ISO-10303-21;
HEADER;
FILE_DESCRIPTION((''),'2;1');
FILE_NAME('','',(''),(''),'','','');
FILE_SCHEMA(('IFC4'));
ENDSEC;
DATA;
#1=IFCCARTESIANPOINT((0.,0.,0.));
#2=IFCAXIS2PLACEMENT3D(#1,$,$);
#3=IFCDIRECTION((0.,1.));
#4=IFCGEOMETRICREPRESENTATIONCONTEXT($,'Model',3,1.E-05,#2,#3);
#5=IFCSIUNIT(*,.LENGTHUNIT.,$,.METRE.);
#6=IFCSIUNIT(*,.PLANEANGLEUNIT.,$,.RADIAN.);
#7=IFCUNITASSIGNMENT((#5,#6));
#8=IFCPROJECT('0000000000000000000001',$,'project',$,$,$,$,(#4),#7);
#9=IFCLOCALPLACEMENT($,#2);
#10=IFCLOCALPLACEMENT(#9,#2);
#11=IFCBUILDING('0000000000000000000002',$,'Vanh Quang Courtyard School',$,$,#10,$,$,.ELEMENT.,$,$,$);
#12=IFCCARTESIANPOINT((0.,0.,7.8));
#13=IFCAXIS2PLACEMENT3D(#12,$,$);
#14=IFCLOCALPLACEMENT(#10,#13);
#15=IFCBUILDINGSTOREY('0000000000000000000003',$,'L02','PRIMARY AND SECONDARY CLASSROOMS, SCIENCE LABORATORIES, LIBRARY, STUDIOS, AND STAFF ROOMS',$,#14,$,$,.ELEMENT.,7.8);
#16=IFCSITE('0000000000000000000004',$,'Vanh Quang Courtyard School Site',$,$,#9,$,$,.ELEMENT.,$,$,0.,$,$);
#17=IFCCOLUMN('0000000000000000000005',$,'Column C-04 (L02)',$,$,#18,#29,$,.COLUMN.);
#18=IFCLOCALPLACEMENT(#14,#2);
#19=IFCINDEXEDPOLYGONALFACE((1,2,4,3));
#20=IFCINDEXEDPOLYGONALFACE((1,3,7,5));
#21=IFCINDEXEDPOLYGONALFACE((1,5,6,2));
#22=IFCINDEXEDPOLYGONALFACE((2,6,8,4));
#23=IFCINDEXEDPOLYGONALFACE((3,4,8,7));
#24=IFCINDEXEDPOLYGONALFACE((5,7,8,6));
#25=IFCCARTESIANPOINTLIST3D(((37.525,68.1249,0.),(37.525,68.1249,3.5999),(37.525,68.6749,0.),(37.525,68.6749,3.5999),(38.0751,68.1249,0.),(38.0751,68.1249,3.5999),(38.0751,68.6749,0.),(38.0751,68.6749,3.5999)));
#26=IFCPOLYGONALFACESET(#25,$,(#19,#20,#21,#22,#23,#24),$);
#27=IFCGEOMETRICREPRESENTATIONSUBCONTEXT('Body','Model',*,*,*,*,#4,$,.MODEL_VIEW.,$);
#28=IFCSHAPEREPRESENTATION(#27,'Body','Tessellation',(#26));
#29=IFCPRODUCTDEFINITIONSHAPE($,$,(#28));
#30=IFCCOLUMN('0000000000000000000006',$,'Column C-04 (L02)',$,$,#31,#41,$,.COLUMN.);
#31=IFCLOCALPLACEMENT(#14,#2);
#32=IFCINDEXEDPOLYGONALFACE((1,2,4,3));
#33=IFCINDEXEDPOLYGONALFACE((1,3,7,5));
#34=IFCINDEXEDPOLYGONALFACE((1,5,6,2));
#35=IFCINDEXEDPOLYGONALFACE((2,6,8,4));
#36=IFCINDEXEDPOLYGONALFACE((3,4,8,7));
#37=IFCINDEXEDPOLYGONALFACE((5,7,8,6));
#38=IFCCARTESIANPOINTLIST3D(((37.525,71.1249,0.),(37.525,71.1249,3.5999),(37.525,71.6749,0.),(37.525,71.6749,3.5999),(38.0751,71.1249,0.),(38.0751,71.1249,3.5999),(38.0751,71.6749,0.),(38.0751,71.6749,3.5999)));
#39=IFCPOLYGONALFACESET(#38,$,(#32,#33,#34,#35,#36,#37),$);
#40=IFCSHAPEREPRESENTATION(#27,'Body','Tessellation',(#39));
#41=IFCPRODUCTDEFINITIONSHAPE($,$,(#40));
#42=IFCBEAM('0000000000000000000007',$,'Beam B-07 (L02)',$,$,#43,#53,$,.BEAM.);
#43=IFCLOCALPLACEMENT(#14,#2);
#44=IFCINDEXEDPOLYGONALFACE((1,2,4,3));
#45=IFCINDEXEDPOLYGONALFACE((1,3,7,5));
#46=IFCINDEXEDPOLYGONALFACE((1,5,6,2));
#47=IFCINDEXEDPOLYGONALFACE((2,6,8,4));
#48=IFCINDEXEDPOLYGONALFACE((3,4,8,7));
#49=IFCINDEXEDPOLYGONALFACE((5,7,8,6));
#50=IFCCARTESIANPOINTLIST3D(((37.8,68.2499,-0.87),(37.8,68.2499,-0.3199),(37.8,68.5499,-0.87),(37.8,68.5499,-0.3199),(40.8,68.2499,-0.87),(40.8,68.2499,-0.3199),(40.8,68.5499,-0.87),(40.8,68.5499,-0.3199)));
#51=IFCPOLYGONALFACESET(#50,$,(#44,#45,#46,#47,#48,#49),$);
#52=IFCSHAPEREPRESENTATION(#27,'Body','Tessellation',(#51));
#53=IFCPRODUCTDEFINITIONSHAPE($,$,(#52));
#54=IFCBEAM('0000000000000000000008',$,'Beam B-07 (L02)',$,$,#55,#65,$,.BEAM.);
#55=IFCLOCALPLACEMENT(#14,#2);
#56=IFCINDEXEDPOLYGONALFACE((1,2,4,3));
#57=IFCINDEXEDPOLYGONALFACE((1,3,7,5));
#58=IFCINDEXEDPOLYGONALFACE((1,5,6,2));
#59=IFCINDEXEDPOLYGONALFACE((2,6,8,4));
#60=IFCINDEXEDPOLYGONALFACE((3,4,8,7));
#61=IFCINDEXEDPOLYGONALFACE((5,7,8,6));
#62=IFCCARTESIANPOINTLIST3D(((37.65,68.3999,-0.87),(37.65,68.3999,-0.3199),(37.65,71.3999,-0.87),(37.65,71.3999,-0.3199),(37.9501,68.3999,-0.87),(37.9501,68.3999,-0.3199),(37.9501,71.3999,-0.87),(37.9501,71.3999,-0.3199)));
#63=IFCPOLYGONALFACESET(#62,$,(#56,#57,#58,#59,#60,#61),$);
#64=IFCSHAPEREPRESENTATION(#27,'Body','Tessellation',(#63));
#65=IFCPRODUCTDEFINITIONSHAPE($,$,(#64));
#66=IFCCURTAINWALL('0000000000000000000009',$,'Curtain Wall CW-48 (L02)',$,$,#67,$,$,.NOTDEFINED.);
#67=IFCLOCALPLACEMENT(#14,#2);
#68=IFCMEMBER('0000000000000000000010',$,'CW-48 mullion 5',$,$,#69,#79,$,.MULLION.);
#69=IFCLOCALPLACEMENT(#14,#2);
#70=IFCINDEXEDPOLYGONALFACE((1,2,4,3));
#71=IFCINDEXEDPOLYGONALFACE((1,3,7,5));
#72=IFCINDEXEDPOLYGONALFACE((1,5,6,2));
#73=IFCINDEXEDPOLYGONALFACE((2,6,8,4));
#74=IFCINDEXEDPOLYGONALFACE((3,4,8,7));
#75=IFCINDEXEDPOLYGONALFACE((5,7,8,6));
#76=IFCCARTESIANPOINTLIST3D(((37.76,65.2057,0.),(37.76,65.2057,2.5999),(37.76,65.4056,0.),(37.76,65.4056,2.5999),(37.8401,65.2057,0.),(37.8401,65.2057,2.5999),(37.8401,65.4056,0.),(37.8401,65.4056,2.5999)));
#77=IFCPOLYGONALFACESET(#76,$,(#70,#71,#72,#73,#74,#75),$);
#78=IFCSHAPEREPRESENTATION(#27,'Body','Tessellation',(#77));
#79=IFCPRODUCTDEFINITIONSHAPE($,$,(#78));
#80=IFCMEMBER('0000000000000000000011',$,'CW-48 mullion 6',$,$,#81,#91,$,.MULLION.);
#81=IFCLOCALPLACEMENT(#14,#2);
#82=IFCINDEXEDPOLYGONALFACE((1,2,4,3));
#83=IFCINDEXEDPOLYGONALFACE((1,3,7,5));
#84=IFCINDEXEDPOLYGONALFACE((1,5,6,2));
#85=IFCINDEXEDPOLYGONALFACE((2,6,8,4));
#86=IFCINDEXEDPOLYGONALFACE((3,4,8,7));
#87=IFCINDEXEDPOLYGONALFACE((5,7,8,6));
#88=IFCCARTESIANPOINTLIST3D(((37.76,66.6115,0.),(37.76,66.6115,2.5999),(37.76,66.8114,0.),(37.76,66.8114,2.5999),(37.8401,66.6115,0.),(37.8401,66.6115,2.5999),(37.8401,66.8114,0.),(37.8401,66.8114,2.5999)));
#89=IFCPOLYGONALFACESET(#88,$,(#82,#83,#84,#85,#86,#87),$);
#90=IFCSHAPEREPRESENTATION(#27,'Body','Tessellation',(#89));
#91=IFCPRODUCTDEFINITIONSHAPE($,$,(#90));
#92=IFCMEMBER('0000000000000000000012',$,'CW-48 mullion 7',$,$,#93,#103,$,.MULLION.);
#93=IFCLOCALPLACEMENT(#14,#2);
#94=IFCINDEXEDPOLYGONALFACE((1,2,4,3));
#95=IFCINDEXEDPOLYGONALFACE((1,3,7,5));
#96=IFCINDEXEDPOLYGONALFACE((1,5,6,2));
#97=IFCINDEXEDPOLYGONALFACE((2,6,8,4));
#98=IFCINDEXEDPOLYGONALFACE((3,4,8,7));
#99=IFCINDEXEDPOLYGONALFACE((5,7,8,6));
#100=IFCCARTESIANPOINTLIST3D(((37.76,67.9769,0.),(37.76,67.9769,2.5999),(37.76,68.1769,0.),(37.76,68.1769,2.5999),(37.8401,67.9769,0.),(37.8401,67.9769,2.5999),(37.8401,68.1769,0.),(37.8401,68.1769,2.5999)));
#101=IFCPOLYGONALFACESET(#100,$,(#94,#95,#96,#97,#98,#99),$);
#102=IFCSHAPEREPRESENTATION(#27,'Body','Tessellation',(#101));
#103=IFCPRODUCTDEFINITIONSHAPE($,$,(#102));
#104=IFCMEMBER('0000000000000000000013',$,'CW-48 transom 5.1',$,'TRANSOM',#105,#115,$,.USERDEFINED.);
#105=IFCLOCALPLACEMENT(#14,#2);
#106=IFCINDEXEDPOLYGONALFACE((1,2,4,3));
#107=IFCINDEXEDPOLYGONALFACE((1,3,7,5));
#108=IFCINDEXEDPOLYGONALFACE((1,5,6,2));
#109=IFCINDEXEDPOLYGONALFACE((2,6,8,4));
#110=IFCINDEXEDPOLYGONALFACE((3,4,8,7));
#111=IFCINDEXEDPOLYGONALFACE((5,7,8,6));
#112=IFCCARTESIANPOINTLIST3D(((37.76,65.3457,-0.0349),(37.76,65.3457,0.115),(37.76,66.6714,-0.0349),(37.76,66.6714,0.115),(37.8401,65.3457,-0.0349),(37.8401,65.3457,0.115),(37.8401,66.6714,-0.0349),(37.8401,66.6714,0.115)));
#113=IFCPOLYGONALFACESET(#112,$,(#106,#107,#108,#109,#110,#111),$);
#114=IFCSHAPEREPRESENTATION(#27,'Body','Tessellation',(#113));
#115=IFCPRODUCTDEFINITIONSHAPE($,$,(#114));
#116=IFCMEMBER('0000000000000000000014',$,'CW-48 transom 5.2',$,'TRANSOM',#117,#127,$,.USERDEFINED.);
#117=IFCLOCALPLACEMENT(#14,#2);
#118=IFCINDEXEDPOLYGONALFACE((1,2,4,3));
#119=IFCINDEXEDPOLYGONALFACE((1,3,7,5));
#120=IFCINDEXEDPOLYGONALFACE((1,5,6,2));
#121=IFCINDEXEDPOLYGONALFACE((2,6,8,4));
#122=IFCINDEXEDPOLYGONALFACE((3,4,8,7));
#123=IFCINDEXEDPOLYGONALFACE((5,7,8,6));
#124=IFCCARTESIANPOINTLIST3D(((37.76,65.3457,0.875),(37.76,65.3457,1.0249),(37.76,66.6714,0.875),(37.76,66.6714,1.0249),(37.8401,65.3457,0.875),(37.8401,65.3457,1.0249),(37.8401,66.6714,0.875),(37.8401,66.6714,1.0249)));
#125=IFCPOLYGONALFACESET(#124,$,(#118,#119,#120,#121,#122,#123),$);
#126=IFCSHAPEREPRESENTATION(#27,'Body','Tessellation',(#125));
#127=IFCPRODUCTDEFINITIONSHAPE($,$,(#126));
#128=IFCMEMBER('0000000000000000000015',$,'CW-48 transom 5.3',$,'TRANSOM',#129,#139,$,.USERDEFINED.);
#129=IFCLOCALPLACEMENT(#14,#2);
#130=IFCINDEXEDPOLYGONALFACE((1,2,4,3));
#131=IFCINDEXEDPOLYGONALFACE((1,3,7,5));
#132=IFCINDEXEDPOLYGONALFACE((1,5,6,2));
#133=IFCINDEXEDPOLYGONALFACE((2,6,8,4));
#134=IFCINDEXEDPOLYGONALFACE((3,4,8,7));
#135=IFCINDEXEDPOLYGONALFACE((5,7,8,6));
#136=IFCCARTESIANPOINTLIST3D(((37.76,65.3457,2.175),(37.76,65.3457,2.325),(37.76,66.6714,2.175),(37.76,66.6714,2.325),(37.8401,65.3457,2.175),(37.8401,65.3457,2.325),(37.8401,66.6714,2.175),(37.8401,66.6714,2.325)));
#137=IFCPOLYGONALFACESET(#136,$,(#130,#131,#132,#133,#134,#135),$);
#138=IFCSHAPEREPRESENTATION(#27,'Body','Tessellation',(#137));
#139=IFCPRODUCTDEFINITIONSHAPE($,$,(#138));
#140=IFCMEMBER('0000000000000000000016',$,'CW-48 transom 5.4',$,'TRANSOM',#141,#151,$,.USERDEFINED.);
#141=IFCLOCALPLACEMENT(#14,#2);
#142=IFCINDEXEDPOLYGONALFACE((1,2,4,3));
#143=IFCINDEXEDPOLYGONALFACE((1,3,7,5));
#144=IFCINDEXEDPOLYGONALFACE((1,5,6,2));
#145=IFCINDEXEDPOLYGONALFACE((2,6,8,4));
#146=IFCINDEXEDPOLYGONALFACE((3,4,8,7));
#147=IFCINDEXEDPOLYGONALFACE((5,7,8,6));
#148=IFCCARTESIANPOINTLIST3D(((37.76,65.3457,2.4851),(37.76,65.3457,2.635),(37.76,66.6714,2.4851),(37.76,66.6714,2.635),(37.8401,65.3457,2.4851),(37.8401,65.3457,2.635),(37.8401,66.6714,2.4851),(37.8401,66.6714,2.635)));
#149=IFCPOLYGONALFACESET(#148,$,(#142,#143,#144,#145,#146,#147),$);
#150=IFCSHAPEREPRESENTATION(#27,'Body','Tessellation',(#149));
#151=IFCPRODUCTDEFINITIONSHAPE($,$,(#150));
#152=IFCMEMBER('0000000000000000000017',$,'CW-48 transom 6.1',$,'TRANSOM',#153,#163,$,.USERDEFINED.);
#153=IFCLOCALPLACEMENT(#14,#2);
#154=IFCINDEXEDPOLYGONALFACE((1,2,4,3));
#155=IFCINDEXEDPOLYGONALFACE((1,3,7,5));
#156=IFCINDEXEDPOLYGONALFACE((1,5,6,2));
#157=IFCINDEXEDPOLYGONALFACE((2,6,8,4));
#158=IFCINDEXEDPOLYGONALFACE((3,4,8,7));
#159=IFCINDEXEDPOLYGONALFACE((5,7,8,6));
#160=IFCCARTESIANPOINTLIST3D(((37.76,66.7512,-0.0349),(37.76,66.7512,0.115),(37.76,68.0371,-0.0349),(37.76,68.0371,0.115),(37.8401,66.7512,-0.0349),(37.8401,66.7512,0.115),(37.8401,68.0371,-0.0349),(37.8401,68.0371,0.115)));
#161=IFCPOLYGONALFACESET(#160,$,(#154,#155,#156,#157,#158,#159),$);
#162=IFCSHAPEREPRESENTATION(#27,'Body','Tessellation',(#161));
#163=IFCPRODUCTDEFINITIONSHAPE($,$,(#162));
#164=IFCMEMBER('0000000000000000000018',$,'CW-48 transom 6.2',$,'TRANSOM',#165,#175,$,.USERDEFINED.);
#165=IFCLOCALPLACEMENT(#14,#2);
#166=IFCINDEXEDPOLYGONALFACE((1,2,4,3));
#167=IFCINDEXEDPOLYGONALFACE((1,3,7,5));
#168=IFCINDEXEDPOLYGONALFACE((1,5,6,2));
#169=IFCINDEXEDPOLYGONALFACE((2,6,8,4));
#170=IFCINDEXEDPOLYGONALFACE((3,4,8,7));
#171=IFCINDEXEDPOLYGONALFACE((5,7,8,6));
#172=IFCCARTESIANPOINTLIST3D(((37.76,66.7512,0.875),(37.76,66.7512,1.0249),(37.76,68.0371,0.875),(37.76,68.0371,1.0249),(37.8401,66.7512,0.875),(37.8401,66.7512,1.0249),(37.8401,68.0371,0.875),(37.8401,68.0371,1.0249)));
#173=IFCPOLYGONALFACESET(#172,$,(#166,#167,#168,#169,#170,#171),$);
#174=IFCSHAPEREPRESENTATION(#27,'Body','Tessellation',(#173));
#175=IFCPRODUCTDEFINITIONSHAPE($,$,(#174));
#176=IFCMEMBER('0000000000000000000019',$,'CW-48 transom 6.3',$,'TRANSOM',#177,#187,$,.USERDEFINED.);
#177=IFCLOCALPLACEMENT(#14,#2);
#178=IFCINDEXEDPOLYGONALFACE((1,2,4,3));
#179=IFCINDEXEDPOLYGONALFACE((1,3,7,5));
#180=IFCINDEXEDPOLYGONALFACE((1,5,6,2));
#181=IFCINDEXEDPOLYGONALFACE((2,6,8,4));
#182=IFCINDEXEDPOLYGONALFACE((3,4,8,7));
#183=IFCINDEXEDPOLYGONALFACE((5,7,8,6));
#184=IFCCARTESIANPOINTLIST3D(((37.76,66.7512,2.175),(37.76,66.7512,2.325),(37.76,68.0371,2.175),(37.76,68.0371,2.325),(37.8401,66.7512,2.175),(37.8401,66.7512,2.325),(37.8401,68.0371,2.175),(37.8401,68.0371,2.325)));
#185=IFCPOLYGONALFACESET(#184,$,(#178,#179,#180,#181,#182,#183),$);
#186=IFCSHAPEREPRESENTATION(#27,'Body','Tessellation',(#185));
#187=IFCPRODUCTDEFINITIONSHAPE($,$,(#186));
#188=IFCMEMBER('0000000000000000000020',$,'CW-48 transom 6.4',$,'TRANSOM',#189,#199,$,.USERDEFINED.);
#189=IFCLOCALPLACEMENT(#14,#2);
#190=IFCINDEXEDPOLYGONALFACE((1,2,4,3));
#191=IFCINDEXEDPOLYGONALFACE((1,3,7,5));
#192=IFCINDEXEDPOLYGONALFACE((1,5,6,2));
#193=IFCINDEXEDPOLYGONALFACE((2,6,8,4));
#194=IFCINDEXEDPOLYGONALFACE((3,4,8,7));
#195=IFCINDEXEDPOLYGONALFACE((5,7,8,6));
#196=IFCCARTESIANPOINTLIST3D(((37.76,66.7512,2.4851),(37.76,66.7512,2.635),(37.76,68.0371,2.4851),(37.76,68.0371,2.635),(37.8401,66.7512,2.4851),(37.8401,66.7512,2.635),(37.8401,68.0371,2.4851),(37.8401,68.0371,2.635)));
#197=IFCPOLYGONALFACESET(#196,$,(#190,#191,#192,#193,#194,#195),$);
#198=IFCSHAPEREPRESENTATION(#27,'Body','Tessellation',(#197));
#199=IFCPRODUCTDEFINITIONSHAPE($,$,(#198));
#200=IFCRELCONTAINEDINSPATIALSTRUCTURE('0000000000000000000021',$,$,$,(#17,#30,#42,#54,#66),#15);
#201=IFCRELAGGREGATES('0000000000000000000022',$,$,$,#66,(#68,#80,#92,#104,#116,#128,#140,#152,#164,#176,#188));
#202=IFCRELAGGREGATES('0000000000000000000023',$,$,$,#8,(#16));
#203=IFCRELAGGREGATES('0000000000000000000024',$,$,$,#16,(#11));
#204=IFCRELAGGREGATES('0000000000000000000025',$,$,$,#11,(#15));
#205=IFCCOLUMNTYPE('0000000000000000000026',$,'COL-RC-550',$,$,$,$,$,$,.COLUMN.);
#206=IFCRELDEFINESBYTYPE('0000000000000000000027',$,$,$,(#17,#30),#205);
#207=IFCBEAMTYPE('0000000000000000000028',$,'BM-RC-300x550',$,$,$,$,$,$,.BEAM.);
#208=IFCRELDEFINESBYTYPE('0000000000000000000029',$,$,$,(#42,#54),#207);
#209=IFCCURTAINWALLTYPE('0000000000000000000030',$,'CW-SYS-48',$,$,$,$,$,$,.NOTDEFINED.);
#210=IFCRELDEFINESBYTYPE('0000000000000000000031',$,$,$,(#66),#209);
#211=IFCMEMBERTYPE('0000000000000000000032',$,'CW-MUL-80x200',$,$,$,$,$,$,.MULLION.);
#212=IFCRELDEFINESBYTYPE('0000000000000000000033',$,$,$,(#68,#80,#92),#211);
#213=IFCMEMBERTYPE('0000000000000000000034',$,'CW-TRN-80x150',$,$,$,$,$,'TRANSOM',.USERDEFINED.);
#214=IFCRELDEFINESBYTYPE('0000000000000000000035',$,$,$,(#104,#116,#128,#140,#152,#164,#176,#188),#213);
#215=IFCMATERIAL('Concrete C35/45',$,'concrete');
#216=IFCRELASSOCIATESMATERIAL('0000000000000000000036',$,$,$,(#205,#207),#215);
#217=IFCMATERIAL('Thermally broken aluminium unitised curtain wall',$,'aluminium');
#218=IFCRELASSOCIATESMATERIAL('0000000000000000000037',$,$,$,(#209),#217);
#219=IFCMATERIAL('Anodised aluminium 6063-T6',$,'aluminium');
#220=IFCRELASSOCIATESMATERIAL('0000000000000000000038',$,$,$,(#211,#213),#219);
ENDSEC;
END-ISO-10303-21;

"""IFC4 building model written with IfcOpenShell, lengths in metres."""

from ifc_helpers import new_model, si_unit, direction, frame, origin, origin_2d, place, context, subcontext, project, spatial, rectangle, extrude, material, material_profile, profile_set, type_object, element, aggregate, save


model = new_model("IFC4")

# Units and contexts
model_context = context("Model", 3, precision=1e-05, world=origin(), true_north=direction((0.0, 1.0)))
body_context = subcontext(model_context, "Body", "Model", "MODEL_VIEW")
ifc_project = project(units=[si_unit("LENGTHUNIT", "METRE"), si_unit("PLANEANGLEUNIT", "RADIAN")], contexts=[model_context])

# Site, building, storey
site_placement = place(None, origin())
site = spatial("IfcSite", under=ifc_project, at=site_placement, Name="Vanh Quang Courtyard School Site", CompositionType="ELEMENT", RefElevation=0.0)
building_placement = place(site_placement, origin())
building = spatial("IfcBuilding", under=site, at=building_placement, Name="Vanh Quang Courtyard School", CompositionType="ELEMENT")
storey_placement = place(building_placement, frame((0.0, 0.0, 7.8)))
storey = spatial("IfcBuildingStorey", under=building, at=storey_placement, Name="L02", Description="PRIMARY AND SECONDARY CLASSROOMS, SCIENCE LABORATORIES, LIBRARY, STUDIOS, AND STAFF ROOMS", CompositionType="ELEMENT", Elevation=7.8)

# Columns
ifc_material_1 = material(Name="Concrete C35/45", Category="concrete")
ifc_material_profile_1 = material_profile(ifc_material_1, rectangle(XDim=0.55, YDim=0.55, at=origin_2d()), Name="RC-COL 550x550")
ifc_profile_set_1 = profile_set([ifc_material_profile_1], Name="Concrete C35/45")
column_type = type_object("IfcColumnType", Name="COL-RC-550", PredefinedType="COLUMN", material=ifc_profile_set_1)
for number, where, z_axis, x_axis, name in (
    (1, (37.8, 68.3999, 0.0), (0.0, 0.0, 1.0), (1.0, 0.0, 0.0), "Column C-04 (L02)"),
    (2, (37.8, 71.3999, 0.0), (0.0, 0.0, 1.0), (1.0, 0.0, 0.0), "Column C-04 (L02)"),
):
    element("IfcColumn", number, at=place(storey_placement, frame(where, z_axis=z_axis, x_axis=x_axis)), inside=storey, type_object=column_type, Name=name, PredefinedType="COLUMN", context=body_context, shape_type="SweptSolid", body=[
        extrude(rectangle(XDim=0.55, YDim=0.55, at=origin_2d()), origin(), (0.0, 0.0, 1.0), 3.5999),
    ])

# Beams
ifc_material_profile_2 = material_profile(ifc_material_1, rectangle(XDim=0.3, YDim=0.55, at=origin_2d()), Name="RC-BM 300x550")
ifc_profile_set_2 = profile_set([ifc_material_profile_2], Name="Concrete C35/45")
beam_type = type_object("IfcBeamType", Name="BM-RC-300x550", PredefinedType="BEAM", material=ifc_profile_set_2)
for number, where, z_axis, x_axis, name in (
    (3, (37.8, 68.3999, -0.595), (1.0, 0.0, 0.0), (0.0, 1.0, 0.0), "Beam B-07 (L02)"),
    (4, (37.8, 68.3999, -0.595), (0.0, 1.0, 0.0), (-1.0, 0.0, 0.0), "Beam B-07 (L02)"),
):
    element("IfcBeam", number, at=place(storey_placement, frame(where, z_axis=z_axis, x_axis=x_axis)), inside=storey, type_object=beam_type, Name=name, PredefinedType="BEAM", context=body_context, shape_type="SweptSolid", body=[
        extrude(rectangle(XDim=0.3, YDim=0.55, at=origin_2d()), origin(), (0.0, 0.0, 1.0), 3.0),
    ])

# Curtain wall, members
ifc_material_2 = material(Name="Thermally broken aluminium unitised curtain wall", Category="aluminium")
curtain_wall_type_1 = type_object("IfcCurtainWallType", Name="CW-SYS-48", PredefinedType="NOTDEFINED", material=ifc_material_2)
curtain_wall_1_placement = place(storey_placement, origin())
curtain_wall_1 = element("IfcCurtainWall", 5, at=curtain_wall_1_placement, inside=storey, type_object=curtain_wall_type_1, Name="Curtain Wall CW-48 (L02)", PredefinedType="NOTDEFINED")
ifc_material_3 = material(Name="Anodised aluminium 6063-T6", Category="aluminium")
ifc_material_profile_3 = material_profile(ifc_material_3, rectangle(XDim=0.0801, YDim=0.2, at=origin_2d()), Name="ALU-MUL 80x200")
ifc_profile_set_3 = profile_set([ifc_material_profile_3], Name="Anodised aluminium 6063-T6")
member_type_1 = type_object("IfcMemberType", Name="CW-MUL-80x200", PredefinedType="MULLION", material=ifc_profile_set_3)
member_1_placement = place(storey_placement, frame((37.8, 65.3057, 0.0), z_axis=(0.0, 0.0, 1.0), x_axis=(-1.0, 0.0, 0.0)))
member_1 = element("IfcMember", 6, at=member_1_placement, type_object=member_type_1, Name="CW-48 mullion 5", PredefinedType="MULLION", context=body_context, shape_type="SweptSolid", body=[
    extrude(rectangle(XDim=0.0801, YDim=0.2, at=origin_2d()), origin(), (0.0, 0.0, 1.0), 2.5999),
])
member_2_placement = place(storey_placement, frame((37.8, 66.7114, 0.0), z_axis=(0.0, 0.0, 1.0), x_axis=(-1.0, 0.0, 0.0)))
member_2 = element("IfcMember", 7, at=member_2_placement, type_object=member_type_1, Name="CW-48 mullion 6", PredefinedType="MULLION", context=body_context, shape_type="SweptSolid", body=[
    extrude(rectangle(XDim=0.0801, YDim=0.2, at=origin_2d()), origin(), (0.0, 0.0, 1.0), 2.5999),
])
member_3_placement = place(storey_placement, frame((37.8, 68.0769, 0.0), z_axis=(0.0, 0.0, 1.0), x_axis=(-1.0, 0.0, 0.0)))
member_3 = element("IfcMember", 8, at=member_3_placement, type_object=member_type_1, Name="CW-48 mullion 7", PredefinedType="MULLION", context=body_context, shape_type="SweptSolid", body=[
    extrude(rectangle(XDim=0.0801, YDim=0.2, at=origin_2d()), origin(), (0.0, 0.0, 1.0), 2.5999),
])
ifc_material_profile_4 = material_profile(ifc_material_3, rectangle(XDim=0.0801, YDim=0.1499, at=origin_2d()), Name="ALU-TRN 80x150")
ifc_profile_set_4 = profile_set([ifc_material_profile_4], Name="Anodised aluminium 6063-T6")
member_type_2 = type_object("IfcMemberType", Name="CW-TRN-80x150", ElementType="TRANSOM", PredefinedType="USERDEFINED", material=ifc_profile_set_4)
member_4_placement = place(storey_placement, frame((37.8, 65.3457, 0.04), z_axis=(0.0, 1.0, 0.0), x_axis=(-1.0, 0.0, 0.0)))
member_4 = element("IfcMember", 9, at=member_4_placement, type_object=member_type_2, Name="CW-48 transom 5.1", ObjectType="TRANSOM", PredefinedType="USERDEFINED", context=body_context, shape_type="SweptSolid", body=[
    extrude(rectangle(XDim=0.0801, YDim=0.1499, at=origin_2d()), origin(), (0.0, 0.0, 1.0), 1.3257),
])
member_5_placement = place(storey_placement, frame((37.8, 65.3457, 0.95), z_axis=(0.0, 1.0, 0.0), x_axis=(-1.0, 0.0, 0.0)))
member_5 = element("IfcMember", 10, at=member_5_placement, type_object=member_type_2, Name="CW-48 transom 5.2", ObjectType="TRANSOM", PredefinedType="USERDEFINED", context=body_context, shape_type="SweptSolid", body=[
    extrude(rectangle(XDim=0.0801, YDim=0.1499, at=origin_2d()), origin(), (0.0, 0.0, 1.0), 1.3257),
])
member_6_placement = place(storey_placement, frame((37.8, 65.3457, 2.25), z_axis=(0.0, 1.0, 0.0), x_axis=(-1.0, 0.0, 0.0)))
member_6 = element("IfcMember", 11, at=member_6_placement, type_object=member_type_2, Name="CW-48 transom 5.3", ObjectType="TRANSOM", PredefinedType="USERDEFINED", context=body_context, shape_type="SweptSolid", body=[
    extrude(rectangle(XDim=0.0801, YDim=0.1499, at=origin_2d()), origin(), (0.0, 0.0, 1.0), 1.3257),
])
member_7_placement = place(storey_placement, frame((37.8, 65.3457, 2.5601), z_axis=(0.0, 1.0, 0.0), x_axis=(-1.0, 0.0, 0.0)))
member_7 = element("IfcMember", 12, at=member_7_placement, type_object=member_type_2, Name="CW-48 transom 5.4", ObjectType="TRANSOM", PredefinedType="USERDEFINED", context=body_context, shape_type="SweptSolid", body=[
    extrude(rectangle(XDim=0.0801, YDim=0.1499, at=origin_2d()), origin(), (0.0, 0.0, 1.0), 1.3257),
])
member_8_placement = place(storey_placement, frame((37.8, 66.7512, 0.04), z_axis=(0.0, 1.0, 0.0), x_axis=(-1.0, 0.0, 0.0)))
member_8 = element("IfcMember", 13, at=member_8_placement, type_object=member_type_2, Name="CW-48 transom 6.1", ObjectType="TRANSOM", PredefinedType="USERDEFINED", context=body_context, shape_type="SweptSolid", body=[
    extrude(rectangle(XDim=0.0801, YDim=0.1499, at=origin_2d()), origin(), (0.0, 0.0, 1.0), 1.2859),
])
member_9_placement = place(storey_placement, frame((37.8, 66.7512, 0.95), z_axis=(0.0, 1.0, 0.0), x_axis=(-1.0, 0.0, 0.0)))
member_9 = element("IfcMember", 14, at=member_9_placement, type_object=member_type_2, Name="CW-48 transom 6.2", ObjectType="TRANSOM", PredefinedType="USERDEFINED", context=body_context, shape_type="SweptSolid", body=[
    extrude(rectangle(XDim=0.0801, YDim=0.1499, at=origin_2d()), origin(), (0.0, 0.0, 1.0), 1.2859),
])
member_10_placement = place(storey_placement, frame((37.8, 66.7512, 2.25), z_axis=(0.0, 1.0, 0.0), x_axis=(-1.0, 0.0, 0.0)))
member_10 = element("IfcMember", 15, at=member_10_placement, type_object=member_type_2, Name="CW-48 transom 6.3", ObjectType="TRANSOM", PredefinedType="USERDEFINED", context=body_context, shape_type="SweptSolid", body=[
    extrude(rectangle(XDim=0.0801, YDim=0.1499, at=origin_2d()), origin(), (0.0, 0.0, 1.0), 1.2859),
])
member_11_placement = place(storey_placement, frame((37.8, 66.7512, 2.5601), z_axis=(0.0, 1.0, 0.0), x_axis=(-1.0, 0.0, 0.0)))
member_11 = element("IfcMember", 16, at=member_11_placement, type_object=member_type_2, Name="CW-48 transom 6.4", ObjectType="TRANSOM", PredefinedType="USERDEFINED", context=body_context, shape_type="SweptSolid", body=[
    extrude(rectangle(XDim=0.0801, YDim=0.1499, at=origin_2d()), origin(), (0.0, 0.0, 1.0), 1.2859),
])

aggregate(curtain_wall_1, [member_1, member_2, member_3, member_4, member_5, member_6, member_7, member_8, member_9, member_10, member_11])

save(model, "model.ifc")
